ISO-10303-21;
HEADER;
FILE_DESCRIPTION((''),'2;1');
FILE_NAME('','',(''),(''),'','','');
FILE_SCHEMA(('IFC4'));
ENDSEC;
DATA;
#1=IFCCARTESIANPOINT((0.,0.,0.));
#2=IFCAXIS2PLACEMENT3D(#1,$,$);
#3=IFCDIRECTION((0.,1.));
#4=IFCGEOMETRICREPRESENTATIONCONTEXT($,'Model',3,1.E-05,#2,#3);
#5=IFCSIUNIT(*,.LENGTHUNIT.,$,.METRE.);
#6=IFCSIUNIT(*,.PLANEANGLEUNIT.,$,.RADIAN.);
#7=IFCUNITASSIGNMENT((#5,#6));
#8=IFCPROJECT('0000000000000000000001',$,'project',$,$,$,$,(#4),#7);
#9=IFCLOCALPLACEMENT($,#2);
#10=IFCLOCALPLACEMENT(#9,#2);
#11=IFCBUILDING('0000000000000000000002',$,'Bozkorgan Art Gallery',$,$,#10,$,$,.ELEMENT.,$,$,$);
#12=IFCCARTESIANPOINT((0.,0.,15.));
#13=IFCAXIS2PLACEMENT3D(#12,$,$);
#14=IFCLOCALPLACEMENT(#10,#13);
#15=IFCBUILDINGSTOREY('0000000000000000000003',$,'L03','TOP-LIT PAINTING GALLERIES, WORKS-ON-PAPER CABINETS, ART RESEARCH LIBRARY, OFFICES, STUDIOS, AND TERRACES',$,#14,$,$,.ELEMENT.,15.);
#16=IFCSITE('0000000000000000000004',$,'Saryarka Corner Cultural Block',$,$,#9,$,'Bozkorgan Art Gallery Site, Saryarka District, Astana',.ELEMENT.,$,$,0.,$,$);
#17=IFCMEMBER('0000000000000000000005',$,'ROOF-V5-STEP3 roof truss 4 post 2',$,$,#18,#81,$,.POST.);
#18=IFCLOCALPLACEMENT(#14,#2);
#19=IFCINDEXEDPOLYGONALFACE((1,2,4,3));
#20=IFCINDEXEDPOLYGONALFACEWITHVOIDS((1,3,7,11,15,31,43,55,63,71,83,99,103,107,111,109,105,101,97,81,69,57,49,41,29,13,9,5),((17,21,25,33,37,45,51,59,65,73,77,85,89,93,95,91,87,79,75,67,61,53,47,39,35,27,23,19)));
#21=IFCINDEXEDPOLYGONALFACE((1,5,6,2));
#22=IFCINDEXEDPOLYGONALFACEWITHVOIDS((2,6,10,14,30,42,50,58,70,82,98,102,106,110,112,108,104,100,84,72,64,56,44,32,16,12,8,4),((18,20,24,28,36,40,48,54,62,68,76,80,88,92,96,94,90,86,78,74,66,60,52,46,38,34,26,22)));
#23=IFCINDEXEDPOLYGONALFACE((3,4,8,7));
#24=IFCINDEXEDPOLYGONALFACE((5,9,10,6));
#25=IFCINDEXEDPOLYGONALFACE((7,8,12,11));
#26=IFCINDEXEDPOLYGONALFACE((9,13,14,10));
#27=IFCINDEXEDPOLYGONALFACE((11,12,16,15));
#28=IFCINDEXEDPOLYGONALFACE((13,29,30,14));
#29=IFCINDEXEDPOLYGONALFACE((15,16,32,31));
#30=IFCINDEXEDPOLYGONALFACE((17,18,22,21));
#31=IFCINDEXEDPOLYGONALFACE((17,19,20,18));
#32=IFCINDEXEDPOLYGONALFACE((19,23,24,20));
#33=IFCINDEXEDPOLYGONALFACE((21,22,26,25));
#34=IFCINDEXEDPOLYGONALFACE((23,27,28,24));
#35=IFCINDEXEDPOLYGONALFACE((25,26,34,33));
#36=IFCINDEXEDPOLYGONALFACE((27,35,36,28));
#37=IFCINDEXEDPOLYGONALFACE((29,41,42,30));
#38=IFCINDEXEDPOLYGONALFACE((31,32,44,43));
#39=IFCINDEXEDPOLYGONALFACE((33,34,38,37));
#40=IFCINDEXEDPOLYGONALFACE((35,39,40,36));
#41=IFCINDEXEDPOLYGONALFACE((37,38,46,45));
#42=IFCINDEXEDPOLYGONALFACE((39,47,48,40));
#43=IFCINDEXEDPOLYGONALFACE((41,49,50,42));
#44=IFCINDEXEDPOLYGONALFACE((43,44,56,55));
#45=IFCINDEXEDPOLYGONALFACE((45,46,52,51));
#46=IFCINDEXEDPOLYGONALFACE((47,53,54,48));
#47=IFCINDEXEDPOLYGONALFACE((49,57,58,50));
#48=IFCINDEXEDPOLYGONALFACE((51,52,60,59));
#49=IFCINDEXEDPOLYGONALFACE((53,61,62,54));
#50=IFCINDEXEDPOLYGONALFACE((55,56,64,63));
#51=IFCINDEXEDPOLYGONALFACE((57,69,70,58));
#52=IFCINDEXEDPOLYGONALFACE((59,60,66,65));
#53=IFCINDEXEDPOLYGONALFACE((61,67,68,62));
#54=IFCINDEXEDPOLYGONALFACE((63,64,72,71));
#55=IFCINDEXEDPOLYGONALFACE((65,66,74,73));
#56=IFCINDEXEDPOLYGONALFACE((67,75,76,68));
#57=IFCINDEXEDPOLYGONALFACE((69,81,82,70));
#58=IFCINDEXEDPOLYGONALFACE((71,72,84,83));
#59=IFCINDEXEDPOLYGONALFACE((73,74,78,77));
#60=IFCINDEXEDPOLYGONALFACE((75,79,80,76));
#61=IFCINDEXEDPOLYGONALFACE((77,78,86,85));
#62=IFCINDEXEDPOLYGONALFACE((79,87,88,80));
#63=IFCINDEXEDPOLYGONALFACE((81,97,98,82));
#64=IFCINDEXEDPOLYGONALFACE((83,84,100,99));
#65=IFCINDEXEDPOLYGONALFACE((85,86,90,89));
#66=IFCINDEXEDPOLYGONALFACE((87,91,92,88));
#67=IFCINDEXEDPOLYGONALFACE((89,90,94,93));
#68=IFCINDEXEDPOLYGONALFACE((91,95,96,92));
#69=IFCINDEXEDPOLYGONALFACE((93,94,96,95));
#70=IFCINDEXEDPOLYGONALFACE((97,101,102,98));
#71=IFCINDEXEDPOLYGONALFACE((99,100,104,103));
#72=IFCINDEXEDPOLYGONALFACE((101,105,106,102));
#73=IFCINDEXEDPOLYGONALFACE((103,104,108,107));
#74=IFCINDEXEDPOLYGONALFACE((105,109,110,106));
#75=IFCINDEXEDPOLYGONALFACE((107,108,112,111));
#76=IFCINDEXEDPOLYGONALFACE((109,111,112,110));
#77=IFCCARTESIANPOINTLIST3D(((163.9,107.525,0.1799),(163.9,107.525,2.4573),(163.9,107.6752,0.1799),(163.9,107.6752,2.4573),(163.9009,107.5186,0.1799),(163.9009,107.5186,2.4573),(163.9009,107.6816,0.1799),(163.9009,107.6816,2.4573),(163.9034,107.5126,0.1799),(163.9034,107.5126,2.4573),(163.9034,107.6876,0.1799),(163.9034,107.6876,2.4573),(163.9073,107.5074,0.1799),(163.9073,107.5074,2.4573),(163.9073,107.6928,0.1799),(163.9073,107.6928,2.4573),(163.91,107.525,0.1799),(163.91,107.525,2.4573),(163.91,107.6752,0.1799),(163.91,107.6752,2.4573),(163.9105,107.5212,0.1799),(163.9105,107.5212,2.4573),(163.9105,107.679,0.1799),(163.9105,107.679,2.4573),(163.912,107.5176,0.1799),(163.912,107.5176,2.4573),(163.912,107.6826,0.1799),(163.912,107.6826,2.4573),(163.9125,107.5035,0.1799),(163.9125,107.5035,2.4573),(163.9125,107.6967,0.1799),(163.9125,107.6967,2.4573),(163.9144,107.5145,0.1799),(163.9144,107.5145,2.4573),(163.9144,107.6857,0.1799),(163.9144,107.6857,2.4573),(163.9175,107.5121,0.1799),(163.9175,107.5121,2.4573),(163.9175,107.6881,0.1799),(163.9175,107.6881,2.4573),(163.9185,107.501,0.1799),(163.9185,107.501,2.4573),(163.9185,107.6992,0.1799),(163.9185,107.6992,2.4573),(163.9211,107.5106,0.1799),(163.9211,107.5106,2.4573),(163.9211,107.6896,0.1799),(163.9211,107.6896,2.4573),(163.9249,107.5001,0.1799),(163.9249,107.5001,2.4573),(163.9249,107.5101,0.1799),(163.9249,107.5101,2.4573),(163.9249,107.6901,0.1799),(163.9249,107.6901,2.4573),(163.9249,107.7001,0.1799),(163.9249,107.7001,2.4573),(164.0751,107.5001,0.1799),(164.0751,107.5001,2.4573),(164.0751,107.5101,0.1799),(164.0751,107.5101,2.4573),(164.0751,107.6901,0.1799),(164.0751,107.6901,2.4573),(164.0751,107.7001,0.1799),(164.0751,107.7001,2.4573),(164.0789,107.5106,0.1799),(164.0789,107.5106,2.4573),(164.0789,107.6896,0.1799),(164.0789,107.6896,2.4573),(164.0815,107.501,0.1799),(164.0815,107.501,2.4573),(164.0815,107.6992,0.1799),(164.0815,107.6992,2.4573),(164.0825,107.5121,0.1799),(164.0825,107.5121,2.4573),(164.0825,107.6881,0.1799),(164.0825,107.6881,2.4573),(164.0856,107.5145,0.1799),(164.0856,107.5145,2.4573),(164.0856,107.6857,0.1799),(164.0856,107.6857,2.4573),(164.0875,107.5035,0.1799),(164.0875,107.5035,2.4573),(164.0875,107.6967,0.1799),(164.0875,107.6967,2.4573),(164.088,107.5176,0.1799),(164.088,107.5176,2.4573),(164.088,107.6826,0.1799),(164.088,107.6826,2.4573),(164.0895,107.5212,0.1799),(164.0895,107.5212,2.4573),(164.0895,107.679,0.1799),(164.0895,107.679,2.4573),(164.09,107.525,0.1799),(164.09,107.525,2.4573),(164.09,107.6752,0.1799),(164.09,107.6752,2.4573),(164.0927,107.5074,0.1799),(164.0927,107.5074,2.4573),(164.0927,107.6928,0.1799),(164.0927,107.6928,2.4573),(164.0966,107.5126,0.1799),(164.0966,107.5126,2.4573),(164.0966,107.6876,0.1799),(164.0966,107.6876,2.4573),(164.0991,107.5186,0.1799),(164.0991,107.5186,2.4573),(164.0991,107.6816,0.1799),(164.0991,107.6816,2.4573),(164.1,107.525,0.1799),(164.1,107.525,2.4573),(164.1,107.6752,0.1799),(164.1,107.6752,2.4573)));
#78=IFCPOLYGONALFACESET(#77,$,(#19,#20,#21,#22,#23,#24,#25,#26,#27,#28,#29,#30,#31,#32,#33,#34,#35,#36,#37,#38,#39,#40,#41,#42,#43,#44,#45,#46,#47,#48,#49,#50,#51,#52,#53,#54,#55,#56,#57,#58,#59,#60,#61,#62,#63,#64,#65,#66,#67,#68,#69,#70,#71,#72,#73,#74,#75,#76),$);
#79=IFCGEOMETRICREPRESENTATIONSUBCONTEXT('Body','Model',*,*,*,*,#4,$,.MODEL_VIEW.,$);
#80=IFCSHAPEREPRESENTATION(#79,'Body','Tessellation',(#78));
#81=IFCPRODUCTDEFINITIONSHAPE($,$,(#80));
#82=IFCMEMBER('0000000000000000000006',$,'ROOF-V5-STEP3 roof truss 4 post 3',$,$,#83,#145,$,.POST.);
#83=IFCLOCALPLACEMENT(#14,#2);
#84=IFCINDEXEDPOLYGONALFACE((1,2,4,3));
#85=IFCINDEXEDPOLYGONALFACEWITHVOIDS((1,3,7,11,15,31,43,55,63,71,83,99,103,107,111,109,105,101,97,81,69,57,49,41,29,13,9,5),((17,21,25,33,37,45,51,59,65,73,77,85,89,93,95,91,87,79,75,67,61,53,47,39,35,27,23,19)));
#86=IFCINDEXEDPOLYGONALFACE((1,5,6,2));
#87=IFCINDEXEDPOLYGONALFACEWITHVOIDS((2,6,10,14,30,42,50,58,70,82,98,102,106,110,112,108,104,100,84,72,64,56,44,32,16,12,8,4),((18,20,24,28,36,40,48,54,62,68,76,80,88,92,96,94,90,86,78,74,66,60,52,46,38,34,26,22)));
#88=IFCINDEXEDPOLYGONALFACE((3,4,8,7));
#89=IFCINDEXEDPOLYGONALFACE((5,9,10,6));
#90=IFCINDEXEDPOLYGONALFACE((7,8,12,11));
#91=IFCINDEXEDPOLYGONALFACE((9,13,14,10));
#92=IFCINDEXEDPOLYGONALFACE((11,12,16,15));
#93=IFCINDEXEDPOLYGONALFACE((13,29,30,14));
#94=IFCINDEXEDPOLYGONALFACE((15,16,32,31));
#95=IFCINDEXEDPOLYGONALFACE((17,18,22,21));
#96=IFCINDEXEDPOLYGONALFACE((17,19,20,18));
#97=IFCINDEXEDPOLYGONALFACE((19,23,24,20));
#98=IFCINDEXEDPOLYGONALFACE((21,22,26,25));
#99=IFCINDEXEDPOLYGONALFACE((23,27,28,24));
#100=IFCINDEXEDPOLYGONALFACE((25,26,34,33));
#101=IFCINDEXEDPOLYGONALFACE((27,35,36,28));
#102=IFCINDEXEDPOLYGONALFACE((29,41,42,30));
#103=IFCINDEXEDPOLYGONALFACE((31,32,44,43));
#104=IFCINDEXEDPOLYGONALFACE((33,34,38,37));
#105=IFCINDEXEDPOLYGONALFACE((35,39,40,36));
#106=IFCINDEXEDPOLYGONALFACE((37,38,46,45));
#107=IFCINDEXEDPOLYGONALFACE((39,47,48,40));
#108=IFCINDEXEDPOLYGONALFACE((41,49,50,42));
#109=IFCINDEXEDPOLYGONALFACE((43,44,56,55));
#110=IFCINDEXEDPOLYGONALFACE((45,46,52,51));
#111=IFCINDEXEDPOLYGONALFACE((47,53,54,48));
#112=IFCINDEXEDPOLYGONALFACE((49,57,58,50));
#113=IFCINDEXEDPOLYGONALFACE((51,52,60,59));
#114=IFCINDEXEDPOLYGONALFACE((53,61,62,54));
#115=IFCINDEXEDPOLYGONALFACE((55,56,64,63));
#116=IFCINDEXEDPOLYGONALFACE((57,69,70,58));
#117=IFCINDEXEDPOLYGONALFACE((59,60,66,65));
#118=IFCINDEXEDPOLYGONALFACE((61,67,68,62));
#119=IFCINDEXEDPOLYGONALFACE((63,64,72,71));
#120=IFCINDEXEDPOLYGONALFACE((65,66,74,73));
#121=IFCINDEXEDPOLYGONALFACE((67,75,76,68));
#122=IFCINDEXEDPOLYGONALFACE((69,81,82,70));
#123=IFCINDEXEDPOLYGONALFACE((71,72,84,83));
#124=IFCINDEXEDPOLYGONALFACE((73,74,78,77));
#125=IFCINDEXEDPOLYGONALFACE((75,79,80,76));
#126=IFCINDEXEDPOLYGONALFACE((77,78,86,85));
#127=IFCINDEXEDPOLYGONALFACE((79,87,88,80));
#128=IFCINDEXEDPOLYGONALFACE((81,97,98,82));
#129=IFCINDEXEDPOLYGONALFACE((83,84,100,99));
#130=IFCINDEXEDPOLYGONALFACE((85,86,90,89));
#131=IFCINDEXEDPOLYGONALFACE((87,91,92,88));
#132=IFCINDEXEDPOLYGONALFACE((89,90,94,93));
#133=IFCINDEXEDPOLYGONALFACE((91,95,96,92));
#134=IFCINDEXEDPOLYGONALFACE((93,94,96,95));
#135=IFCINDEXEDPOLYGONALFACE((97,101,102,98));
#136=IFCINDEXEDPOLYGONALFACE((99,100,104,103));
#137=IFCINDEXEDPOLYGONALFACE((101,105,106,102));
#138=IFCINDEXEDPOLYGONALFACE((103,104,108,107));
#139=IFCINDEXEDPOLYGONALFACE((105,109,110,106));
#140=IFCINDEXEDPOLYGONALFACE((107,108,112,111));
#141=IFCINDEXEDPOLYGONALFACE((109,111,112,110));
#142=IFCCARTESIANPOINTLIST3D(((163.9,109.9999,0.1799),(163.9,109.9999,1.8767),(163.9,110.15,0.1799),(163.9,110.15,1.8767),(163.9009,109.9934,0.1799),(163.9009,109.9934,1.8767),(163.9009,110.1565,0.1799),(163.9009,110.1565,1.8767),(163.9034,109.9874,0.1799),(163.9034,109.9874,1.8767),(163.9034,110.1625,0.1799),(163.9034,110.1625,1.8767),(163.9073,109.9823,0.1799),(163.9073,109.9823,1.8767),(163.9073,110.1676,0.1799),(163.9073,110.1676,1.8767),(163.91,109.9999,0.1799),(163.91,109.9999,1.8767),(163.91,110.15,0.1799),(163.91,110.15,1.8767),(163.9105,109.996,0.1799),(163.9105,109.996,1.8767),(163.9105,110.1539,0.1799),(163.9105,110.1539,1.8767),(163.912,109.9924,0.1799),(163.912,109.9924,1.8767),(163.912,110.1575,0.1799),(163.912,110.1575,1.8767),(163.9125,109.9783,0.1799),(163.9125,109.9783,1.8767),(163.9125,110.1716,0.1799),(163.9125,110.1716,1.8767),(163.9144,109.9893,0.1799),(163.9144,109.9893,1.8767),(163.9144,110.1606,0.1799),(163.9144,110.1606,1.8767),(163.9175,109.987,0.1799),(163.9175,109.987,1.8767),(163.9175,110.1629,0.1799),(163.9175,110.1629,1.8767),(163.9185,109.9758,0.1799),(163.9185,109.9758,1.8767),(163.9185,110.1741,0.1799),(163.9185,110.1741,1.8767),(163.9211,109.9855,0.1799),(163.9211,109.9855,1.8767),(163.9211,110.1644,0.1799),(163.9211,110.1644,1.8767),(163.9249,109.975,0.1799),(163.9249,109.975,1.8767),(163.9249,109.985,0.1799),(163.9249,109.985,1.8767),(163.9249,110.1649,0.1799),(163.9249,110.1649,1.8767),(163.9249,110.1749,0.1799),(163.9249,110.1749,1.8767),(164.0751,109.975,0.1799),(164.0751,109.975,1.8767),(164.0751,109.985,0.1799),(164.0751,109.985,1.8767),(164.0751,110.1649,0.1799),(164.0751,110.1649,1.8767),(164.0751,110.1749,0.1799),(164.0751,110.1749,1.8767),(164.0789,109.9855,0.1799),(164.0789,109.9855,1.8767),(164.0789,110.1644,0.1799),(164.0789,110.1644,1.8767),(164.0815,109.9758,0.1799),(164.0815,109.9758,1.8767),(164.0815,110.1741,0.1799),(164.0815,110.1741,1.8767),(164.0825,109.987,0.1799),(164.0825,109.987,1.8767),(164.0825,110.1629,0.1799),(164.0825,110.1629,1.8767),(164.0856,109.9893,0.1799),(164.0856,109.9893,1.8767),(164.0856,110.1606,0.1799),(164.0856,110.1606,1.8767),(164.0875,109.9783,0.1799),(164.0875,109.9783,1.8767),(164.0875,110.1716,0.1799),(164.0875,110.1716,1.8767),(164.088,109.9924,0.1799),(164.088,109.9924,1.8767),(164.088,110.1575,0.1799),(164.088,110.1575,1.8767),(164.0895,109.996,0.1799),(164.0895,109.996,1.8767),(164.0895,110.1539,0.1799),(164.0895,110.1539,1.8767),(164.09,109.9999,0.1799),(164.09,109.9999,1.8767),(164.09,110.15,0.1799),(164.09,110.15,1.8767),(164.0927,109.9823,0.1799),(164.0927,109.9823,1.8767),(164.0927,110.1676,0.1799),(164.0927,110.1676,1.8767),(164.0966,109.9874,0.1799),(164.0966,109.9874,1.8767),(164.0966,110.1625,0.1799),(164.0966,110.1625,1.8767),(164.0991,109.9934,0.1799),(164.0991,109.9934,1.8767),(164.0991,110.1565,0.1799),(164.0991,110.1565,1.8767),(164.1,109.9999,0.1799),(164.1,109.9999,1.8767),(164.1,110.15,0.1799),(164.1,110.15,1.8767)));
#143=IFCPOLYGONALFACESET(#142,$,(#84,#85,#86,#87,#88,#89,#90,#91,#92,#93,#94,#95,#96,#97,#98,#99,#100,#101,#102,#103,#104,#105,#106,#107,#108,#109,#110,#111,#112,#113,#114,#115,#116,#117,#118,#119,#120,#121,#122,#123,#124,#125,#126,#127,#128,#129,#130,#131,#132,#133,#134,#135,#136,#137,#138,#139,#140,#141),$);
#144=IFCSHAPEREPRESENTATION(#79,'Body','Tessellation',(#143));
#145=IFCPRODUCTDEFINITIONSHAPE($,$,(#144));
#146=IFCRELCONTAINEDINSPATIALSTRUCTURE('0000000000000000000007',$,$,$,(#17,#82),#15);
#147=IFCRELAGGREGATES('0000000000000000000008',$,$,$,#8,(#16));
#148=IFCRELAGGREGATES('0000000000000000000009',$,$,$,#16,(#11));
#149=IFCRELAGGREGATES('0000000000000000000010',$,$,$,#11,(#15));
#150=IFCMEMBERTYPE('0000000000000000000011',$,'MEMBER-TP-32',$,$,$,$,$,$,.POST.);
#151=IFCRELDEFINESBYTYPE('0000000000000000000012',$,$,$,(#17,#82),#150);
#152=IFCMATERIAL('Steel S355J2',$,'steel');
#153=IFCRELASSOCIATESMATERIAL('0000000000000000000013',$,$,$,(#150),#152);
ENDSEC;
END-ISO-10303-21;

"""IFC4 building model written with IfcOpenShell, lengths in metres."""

from ifc_helpers import new_model, si_unit, direction, frame, origin, origin_2d, place, context, subcontext, project, spatial, hollow_rectangle, extrude, material, material_profile, profile_set, type_object, element, save


model = new_model("IFC4")

# Units and contexts
model_context = context("Model", 3, precision=1e-05, world=origin(), true_north=direction((0.0, 1.0)))
body_context = subcontext(model_context, "Body", "Model", "MODEL_VIEW")
ifc_project = project(units=[si_unit("LENGTHUNIT", "METRE"), si_unit("PLANEANGLEUNIT", "RADIAN")], contexts=[model_context])

# Site, building, storey
site_placement = place(None, origin())
site = spatial("IfcSite", under=ifc_project, at=site_placement, Name="Saryarka Corner Cultural Block", LongName="Bozkorgan Art Gallery Site, Saryarka District, Astana", CompositionType="ELEMENT", RefElevation=0.0)
building_placement = place(site_placement, origin())
building = spatial("IfcBuilding", under=site, at=building_placement, Name="Bozkorgan Art Gallery", CompositionType="ELEMENT")
storey_placement = place(building_placement, frame((0.0, 0.0, 15.0)))
storey = spatial("IfcBuildingStorey", under=building, at=storey_placement, Name="L03", Description="TOP-LIT PAINTING GALLERIES, WORKS-ON-PAPER CABINETS, ART RESEARCH LIBRARY, OFFICES, STUDIOS, AND TERRACES", CompositionType="ELEMENT", Elevation=15.0)

# Shared definitions
ifc_material_1 = material(Name="Steel S355J2", Category="steel")

# Members
ifc_material_profile_1 = material_profile(ifc_material_1, hollow_rectangle(XDim=0.2, YDim=0.2, WallThickness=0.01, InnerFilletRadius=0.0149, OuterFilletRadius=0.0249, at=origin_2d()), Name="SHS 200x200x10")
ifc_profile_set_1 = profile_set([ifc_material_profile_1], Name="Steel S355J2")
member_type_1 = type_object("IfcMemberType", Name="MEMBER-TP-32", PredefinedType="POST", material=ifc_profile_set_1)
member_1_placement = place(storey_placement, frame((164.0, 107.6001, 0.1799), z_axis=(0.0, 0.0, 1.0), x_axis=(1.0, 0.0, 0.0)))
element("IfcMember", 1, at=member_1_placement, inside=storey, type_object=member_type_1, Name="ROOF-V5-STEP3 roof truss 4 post 2", PredefinedType="POST", context=body_context, shape_type="SweptSolid", body=[
    extrude(hollow_rectangle(XDim=0.2, YDim=0.2, WallThickness=0.01, InnerFilletRadius=0.0149, OuterFilletRadius=0.0249, at=origin_2d()), origin(), (0.0, 0.0, 1.0), 2.2773),
])
member_2_placement = place(storey_placement, frame((164.0, 110.075, 0.1799), z_axis=(0.0, 0.0, 1.0), x_axis=(1.0, 0.0, 0.0)))
element("IfcMember", 2, at=member_2_placement, inside=storey, type_object=member_type_1, Name="ROOF-V5-STEP3 roof truss 4 post 3", PredefinedType="POST", context=body_context, shape_type="SweptSolid", body=[
    extrude(hollow_rectangle(XDim=0.2, YDim=0.2, WallThickness=0.01, InnerFilletRadius=0.0149, OuterFilletRadius=0.0249, at=origin_2d()), origin(), (0.0, 0.0, 1.0), 1.6968),
])

save(model, "model.ifc")
